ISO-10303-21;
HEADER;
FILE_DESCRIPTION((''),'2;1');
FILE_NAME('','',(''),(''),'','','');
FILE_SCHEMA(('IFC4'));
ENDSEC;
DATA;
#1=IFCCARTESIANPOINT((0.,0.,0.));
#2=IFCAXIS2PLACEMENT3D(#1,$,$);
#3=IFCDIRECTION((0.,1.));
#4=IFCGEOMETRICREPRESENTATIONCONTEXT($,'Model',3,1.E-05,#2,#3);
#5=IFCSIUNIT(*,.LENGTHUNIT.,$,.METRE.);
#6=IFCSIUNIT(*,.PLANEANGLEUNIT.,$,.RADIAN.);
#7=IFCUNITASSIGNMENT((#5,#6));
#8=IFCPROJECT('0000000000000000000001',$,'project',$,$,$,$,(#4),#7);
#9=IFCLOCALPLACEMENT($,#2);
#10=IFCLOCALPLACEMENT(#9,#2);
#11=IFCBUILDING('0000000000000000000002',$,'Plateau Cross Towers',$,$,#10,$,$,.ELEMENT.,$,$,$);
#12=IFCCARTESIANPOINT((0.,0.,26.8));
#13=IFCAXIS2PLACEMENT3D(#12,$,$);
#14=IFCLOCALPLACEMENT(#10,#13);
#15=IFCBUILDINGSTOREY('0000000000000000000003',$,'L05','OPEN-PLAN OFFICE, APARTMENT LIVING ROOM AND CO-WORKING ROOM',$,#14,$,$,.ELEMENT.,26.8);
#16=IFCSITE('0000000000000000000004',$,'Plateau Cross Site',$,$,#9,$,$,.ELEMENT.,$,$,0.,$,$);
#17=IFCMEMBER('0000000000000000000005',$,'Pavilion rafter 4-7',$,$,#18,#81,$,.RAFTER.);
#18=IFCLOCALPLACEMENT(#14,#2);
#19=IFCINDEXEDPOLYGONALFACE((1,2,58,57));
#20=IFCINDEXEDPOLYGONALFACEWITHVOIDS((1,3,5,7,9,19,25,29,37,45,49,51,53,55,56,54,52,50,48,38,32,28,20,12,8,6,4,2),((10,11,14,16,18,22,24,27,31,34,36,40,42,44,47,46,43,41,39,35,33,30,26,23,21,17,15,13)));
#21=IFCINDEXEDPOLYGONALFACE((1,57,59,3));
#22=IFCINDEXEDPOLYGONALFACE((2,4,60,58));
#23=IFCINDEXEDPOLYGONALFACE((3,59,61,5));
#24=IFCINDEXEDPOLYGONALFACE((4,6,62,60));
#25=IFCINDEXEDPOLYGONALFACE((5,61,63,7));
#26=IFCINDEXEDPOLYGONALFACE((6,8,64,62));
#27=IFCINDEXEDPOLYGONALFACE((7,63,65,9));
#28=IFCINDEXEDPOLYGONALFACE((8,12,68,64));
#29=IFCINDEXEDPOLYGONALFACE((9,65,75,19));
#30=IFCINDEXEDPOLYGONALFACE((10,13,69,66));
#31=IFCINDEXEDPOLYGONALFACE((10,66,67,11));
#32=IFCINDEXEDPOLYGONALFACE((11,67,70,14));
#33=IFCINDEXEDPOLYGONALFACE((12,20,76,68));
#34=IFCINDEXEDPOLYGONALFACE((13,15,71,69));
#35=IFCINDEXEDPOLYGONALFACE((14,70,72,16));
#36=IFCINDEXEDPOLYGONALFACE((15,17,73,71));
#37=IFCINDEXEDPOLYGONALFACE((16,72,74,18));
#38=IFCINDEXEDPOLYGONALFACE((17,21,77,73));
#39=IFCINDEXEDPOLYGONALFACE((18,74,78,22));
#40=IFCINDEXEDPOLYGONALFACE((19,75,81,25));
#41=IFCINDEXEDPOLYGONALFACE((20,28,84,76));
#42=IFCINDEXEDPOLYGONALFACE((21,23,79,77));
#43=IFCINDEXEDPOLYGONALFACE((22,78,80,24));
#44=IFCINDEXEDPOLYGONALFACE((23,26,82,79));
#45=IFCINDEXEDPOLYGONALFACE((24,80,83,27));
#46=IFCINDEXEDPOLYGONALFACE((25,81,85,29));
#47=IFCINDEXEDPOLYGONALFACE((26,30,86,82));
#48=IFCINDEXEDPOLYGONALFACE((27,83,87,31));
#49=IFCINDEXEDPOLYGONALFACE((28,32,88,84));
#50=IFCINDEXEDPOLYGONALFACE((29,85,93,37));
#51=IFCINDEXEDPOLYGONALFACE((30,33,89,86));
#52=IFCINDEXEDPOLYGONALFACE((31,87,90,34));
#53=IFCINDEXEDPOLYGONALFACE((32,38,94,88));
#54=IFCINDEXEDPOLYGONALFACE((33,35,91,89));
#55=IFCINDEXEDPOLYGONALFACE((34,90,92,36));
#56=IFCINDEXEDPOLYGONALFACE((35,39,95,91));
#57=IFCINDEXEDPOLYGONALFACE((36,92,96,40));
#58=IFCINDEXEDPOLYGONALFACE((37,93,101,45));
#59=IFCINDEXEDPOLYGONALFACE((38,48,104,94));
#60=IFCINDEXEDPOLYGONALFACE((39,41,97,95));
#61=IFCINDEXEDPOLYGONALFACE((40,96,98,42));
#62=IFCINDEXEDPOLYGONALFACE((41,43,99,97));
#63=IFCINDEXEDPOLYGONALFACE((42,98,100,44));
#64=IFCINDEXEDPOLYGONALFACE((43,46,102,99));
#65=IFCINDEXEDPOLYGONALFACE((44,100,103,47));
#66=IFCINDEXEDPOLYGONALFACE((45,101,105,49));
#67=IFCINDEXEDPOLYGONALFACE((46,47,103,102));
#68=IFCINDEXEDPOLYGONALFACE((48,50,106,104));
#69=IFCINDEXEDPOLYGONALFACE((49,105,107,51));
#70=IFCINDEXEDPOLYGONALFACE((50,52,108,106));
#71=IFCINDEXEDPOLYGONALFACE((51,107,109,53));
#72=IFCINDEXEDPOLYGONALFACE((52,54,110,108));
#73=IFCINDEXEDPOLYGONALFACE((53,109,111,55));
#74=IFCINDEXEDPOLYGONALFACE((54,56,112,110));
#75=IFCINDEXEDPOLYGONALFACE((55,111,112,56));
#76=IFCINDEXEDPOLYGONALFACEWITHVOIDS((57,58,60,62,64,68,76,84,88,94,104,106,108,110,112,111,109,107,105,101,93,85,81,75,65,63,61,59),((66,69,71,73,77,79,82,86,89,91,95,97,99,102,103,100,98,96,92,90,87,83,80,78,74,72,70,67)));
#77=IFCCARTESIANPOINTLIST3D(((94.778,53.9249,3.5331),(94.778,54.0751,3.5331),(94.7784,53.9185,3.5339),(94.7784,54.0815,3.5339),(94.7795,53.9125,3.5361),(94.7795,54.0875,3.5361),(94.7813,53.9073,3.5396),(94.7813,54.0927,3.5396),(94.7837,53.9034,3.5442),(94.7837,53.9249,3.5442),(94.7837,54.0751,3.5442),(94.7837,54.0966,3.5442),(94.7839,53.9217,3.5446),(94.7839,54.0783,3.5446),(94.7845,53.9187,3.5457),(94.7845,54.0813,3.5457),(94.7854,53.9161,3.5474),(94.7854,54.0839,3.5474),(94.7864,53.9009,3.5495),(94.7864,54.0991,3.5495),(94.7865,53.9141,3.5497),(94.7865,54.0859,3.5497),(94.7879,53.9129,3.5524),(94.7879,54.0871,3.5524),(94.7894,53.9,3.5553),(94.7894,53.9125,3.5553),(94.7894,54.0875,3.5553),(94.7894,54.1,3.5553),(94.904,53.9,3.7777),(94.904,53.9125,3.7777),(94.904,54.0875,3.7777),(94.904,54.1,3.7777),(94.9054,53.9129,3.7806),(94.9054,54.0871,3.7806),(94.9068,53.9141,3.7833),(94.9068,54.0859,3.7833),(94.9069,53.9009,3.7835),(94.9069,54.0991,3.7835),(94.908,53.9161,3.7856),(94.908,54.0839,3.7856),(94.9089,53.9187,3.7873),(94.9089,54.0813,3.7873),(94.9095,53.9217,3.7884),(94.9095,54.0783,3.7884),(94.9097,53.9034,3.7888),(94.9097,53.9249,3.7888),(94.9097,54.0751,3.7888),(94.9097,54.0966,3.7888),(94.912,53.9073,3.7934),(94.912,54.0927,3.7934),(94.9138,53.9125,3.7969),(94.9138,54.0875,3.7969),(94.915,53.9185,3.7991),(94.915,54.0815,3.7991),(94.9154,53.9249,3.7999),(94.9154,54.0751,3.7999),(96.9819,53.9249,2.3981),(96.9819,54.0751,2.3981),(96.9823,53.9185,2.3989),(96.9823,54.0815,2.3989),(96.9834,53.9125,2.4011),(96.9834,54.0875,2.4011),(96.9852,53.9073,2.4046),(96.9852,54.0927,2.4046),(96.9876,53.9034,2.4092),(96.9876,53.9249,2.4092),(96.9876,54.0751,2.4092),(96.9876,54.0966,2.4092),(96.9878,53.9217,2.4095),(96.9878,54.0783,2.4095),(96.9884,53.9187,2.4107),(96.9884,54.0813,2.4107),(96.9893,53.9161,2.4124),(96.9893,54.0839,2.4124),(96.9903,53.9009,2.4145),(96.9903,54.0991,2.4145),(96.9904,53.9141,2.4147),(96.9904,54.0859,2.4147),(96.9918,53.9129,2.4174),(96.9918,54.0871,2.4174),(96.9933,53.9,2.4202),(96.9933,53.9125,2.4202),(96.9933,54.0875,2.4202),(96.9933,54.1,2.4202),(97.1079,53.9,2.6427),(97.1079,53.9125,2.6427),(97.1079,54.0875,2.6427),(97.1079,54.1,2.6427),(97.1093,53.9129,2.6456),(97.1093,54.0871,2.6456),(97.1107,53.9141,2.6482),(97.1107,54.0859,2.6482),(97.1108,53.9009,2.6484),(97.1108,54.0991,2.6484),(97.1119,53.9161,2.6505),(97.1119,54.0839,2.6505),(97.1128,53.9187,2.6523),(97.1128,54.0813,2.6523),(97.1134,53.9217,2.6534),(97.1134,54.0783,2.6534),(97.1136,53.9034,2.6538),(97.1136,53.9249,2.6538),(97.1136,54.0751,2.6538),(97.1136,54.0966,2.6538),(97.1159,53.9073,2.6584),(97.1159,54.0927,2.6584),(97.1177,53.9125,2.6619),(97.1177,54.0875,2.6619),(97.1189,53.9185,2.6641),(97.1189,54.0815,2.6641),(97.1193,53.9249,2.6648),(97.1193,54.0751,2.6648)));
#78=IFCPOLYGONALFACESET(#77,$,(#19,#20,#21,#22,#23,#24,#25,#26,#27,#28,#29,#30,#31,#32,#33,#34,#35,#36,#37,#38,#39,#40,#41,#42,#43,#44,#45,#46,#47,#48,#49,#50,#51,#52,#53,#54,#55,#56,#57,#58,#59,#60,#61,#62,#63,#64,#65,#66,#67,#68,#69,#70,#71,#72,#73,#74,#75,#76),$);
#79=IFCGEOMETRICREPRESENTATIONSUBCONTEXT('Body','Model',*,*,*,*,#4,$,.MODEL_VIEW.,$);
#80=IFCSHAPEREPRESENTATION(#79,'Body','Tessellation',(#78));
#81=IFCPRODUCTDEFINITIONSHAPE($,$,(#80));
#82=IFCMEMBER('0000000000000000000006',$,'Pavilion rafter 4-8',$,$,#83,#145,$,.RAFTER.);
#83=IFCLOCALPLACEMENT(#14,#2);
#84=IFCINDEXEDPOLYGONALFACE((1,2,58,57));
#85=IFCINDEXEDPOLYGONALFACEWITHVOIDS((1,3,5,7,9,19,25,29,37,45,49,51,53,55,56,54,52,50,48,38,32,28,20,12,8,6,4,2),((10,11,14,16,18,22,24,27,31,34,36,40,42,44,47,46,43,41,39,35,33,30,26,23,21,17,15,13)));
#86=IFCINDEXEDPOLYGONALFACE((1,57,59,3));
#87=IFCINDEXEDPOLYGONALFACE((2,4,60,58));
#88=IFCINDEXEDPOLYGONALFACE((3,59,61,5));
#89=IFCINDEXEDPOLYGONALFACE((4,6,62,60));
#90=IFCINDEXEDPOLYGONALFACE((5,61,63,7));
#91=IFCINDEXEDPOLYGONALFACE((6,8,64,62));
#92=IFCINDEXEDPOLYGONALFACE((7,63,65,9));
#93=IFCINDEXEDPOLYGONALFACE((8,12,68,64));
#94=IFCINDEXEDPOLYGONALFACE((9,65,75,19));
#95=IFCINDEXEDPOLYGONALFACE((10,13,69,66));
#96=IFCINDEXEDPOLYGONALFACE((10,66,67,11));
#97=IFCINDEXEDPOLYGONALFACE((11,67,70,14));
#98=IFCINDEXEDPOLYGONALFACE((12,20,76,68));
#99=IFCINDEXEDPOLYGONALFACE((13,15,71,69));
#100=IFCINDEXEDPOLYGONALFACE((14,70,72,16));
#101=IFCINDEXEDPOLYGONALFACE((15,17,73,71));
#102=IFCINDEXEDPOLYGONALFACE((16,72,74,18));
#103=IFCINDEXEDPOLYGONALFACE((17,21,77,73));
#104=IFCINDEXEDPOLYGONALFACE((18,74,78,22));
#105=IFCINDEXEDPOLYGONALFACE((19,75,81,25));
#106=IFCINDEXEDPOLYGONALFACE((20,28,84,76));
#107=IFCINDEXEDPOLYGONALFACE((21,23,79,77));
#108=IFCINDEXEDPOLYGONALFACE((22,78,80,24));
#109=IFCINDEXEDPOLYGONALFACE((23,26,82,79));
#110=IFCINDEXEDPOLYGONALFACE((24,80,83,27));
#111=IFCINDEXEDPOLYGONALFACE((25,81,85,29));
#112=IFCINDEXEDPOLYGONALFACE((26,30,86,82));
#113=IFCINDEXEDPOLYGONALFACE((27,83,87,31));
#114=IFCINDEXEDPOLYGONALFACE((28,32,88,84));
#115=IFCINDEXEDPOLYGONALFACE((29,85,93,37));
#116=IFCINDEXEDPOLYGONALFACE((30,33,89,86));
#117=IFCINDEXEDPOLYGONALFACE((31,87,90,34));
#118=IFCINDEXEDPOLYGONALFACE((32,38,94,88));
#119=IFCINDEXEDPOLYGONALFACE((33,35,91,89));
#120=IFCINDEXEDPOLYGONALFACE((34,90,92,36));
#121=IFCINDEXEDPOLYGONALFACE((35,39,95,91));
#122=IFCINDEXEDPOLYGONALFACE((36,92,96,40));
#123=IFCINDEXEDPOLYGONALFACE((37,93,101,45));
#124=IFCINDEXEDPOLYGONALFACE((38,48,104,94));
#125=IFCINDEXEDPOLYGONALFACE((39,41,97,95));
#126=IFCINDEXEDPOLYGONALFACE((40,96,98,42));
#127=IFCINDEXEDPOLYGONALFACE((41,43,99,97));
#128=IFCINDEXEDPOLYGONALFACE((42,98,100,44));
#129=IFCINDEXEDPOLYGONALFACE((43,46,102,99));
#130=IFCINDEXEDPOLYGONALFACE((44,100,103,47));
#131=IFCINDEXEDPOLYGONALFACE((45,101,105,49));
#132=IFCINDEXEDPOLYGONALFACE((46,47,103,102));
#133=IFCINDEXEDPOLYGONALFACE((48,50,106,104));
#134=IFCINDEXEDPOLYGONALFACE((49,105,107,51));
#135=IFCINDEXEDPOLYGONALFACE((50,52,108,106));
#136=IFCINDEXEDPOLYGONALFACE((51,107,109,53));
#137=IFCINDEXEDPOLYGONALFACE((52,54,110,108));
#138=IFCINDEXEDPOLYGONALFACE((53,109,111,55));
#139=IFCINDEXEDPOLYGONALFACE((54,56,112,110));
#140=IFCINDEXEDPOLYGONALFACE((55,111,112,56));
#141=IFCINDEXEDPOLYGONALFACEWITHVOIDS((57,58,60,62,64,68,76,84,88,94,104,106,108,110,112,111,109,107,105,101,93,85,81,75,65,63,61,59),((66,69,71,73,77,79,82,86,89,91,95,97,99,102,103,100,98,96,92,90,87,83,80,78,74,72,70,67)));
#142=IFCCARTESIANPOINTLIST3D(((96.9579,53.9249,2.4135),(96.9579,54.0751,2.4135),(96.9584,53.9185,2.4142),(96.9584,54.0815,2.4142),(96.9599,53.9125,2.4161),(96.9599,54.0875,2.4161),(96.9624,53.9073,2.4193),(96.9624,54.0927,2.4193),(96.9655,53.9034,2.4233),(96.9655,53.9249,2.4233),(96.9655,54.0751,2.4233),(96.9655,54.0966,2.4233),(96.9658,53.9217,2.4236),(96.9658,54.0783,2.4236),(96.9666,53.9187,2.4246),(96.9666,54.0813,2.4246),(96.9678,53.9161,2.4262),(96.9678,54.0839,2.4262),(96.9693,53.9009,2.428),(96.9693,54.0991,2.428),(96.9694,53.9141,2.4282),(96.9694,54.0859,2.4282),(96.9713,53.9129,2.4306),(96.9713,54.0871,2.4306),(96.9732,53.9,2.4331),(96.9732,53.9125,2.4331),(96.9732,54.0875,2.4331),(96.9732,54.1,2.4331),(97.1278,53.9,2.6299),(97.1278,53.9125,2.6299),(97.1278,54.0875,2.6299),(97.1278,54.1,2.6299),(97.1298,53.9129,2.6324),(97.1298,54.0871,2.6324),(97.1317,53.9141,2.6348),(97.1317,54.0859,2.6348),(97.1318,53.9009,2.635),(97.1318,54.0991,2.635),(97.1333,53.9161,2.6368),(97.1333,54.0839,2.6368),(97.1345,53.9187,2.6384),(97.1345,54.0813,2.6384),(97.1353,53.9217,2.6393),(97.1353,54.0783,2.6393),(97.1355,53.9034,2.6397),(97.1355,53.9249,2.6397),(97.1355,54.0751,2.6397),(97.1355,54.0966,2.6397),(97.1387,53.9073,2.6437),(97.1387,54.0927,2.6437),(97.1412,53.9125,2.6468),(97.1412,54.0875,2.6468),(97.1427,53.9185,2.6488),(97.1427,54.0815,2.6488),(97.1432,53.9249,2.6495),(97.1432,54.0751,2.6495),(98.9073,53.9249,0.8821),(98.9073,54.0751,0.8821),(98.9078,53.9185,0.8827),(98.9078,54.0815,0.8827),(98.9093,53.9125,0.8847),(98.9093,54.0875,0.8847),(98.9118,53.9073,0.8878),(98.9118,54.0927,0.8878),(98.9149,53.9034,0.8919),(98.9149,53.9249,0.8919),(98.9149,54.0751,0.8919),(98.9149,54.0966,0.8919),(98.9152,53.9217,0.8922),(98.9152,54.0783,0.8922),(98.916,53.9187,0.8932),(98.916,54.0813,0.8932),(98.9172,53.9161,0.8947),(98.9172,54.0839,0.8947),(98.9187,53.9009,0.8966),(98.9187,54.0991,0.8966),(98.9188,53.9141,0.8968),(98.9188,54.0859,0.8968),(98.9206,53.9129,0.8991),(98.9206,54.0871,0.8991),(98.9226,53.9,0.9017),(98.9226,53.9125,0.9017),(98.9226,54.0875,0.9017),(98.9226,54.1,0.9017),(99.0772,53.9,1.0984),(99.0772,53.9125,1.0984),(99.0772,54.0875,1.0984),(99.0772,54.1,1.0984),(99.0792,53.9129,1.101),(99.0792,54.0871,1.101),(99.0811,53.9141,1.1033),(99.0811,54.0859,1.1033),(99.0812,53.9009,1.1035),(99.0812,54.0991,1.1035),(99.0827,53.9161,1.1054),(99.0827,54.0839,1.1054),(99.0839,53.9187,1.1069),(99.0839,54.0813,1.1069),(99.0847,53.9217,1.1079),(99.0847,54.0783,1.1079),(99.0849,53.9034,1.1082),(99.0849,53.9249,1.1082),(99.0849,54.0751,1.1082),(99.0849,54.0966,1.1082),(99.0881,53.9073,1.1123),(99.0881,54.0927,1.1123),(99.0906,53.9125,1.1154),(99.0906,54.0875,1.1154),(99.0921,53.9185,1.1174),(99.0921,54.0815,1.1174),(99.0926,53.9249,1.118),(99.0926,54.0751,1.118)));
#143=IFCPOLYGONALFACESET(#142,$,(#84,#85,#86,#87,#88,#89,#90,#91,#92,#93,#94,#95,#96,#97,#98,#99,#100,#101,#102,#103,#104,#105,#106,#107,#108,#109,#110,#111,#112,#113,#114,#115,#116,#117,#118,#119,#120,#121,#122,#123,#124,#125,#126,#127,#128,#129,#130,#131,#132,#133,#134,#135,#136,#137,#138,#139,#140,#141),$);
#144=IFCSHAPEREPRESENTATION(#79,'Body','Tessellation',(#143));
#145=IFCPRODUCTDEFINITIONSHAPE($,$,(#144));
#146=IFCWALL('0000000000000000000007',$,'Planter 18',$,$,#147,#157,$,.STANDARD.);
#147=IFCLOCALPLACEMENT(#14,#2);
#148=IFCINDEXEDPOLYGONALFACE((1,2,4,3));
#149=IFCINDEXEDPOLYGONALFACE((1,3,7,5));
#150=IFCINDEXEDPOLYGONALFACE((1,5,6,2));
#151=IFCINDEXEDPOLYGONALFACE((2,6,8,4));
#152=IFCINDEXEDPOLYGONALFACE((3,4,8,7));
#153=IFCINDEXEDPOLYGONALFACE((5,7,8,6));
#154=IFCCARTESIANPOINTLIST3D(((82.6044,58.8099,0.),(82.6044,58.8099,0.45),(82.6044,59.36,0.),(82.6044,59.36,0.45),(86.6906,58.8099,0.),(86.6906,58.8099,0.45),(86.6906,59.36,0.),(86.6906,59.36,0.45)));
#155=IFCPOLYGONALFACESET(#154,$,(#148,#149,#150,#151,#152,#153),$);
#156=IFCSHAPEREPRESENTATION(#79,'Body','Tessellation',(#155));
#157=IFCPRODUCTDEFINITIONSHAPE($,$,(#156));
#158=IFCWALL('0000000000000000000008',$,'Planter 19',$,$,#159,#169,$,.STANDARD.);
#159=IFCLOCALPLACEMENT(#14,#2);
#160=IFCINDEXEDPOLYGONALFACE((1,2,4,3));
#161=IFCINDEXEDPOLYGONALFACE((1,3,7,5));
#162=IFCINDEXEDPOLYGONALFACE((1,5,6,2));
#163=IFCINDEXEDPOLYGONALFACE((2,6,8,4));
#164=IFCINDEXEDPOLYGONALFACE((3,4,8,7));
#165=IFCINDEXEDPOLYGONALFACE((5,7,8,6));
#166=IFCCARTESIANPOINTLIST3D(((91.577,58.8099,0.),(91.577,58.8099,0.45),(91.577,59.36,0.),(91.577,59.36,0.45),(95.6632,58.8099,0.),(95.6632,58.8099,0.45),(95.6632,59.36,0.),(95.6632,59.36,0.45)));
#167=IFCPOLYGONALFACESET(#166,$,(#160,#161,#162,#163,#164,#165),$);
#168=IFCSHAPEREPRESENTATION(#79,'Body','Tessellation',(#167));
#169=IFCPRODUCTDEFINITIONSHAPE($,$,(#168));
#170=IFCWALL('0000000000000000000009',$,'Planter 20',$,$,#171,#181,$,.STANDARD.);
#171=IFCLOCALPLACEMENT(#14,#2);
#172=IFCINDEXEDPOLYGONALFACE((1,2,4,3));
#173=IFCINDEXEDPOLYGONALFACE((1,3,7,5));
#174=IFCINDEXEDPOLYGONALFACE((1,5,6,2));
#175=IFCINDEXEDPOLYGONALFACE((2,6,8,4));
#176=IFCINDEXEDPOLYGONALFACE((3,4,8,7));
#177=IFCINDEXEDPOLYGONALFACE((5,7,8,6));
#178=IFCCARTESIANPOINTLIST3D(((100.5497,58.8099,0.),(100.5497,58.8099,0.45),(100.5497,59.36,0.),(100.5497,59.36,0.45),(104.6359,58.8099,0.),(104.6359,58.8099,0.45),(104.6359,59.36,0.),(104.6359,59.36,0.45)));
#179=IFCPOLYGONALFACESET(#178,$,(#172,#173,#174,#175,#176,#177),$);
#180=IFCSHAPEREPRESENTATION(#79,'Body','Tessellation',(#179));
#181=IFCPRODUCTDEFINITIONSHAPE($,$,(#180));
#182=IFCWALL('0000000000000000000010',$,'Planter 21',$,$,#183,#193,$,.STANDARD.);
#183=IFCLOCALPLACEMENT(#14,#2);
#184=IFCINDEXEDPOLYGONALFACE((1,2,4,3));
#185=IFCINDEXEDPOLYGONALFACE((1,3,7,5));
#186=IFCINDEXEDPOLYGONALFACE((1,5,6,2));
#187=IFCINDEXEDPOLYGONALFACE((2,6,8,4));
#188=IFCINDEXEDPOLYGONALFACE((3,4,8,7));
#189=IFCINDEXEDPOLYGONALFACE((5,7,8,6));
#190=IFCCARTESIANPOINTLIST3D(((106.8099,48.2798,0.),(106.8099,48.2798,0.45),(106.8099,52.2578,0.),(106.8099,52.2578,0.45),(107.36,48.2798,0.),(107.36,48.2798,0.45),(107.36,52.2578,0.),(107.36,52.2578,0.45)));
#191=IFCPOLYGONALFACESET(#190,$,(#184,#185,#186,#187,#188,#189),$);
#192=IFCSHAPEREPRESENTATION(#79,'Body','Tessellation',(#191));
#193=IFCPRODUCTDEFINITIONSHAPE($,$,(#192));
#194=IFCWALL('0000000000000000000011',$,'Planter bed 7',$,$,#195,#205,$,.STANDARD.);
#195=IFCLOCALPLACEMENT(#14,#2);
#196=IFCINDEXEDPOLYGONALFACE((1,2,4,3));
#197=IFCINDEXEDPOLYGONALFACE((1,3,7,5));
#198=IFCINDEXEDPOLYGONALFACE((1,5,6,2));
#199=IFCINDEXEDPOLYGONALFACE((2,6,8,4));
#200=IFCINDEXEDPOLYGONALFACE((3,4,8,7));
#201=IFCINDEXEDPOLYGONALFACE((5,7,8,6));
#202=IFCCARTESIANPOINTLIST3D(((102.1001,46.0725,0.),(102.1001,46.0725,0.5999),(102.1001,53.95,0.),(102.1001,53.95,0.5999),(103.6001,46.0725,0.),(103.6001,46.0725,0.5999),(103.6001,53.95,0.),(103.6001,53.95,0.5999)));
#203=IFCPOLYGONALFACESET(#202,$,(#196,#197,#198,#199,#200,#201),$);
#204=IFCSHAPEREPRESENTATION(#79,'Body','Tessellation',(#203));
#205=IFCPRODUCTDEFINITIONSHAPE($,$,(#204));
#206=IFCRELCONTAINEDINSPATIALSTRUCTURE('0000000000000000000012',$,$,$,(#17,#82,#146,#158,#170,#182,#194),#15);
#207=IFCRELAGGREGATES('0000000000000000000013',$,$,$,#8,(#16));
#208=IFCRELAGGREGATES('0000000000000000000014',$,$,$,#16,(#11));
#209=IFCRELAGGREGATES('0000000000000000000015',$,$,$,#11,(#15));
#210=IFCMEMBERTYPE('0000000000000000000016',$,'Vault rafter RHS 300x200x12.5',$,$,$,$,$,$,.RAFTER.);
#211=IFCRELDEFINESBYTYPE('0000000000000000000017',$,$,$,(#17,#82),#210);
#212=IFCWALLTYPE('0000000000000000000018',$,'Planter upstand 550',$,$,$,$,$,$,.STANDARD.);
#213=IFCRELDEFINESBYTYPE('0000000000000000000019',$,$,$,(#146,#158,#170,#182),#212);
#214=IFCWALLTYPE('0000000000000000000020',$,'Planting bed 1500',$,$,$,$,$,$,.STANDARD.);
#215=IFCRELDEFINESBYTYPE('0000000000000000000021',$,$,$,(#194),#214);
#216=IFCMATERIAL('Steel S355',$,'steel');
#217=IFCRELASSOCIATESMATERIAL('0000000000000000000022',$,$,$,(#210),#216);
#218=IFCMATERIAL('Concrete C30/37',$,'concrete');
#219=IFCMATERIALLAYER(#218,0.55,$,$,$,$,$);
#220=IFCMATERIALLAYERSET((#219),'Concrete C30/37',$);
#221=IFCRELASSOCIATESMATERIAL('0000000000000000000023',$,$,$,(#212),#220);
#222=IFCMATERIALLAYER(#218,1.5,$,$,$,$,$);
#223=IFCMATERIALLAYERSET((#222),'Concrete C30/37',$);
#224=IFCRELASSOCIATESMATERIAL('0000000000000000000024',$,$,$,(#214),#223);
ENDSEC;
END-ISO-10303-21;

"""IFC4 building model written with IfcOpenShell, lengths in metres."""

from ifc_helpers import new_model, si_unit, direction, frame, frame_2d, origin, origin_2d, place, context, subcontext, project, spatial, rectangle, hollow_rectangle, extrude, material, layer, layer_set, material_profile, profile_set, type_object, element, save


model = new_model("IFC4")

# Units and contexts
model_context = context("Model", 3, precision=1e-05, world=origin(), true_north=direction((0.0, 1.0)))
body_context = subcontext(model_context, "Body", "Model", "MODEL_VIEW")
ifc_project = project(units=[si_unit("LENGTHUNIT", "METRE"), si_unit("PLANEANGLEUNIT", "RADIAN")], contexts=[model_context])

# Site, building, storey
site_placement = place(None, origin())
site = spatial("IfcSite", under=ifc_project, at=site_placement, Name="Plateau Cross Site", CompositionType="ELEMENT", RefElevation=0.0)
building_placement = place(site_placement, origin())
building = spatial("IfcBuilding", under=site, at=building_placement, Name="Plateau Cross Towers", CompositionType="ELEMENT")
storey_placement = place(building_placement, frame((0.0, 0.0, 26.8)))
storey = spatial("IfcBuildingStorey", under=building, at=storey_placement, Name="L05", Description="OPEN-PLAN OFFICE, APARTMENT LIVING ROOM AND CO-WORKING ROOM", CompositionType="ELEMENT", Elevation=26.8)

# Shared definitions
ifc_material_1 = material(Name="Steel S355", Category="steel")

# Members
ifc_material_profile_1 = material_profile(ifc_material_1, hollow_rectangle(XDim=0.2, YDim=0.3, WallThickness=0.0125, InnerFilletRadius=0.0125, OuterFilletRadius=0.0249, at=origin_2d()), Name="RHS 300x200x12.5")
ifc_profile_set_1 = profile_set([ifc_material_profile_1], Name="Steel S355")
member_type = type_object("IfcMemberType", Name="Vault rafter RHS 300x200x12.5", PredefinedType="RAFTER", material=ifc_profile_set_1)
for number, where, z_axis, x_axis, name in (
    (1, (94.8467, 54.0, 3.6665), (0.889026, 0.0, -0.457858), (0.0, 1.0, 0.0), "Pavilion rafter 4-7"),
    (2, (97.0505, 54.0, 2.5315), (0.786363, 0.0, -0.617765), (0.0, 1.0, 0.0), "Pavilion rafter 4-8"),
):
    element("IfcMember", number, at=place(storey_placement, frame(where, z_axis=z_axis, x_axis=x_axis)), inside=storey, type_object=member_type, Name=name, PredefinedType="RAFTER", context=body_context, shape_type="SweptSolid", body=[
        extrude(hollow_rectangle(XDim=0.2, YDim=0.3, WallThickness=0.0125, InnerFilletRadius=0.0125, OuterFilletRadius=0.0249, at=origin_2d()), origin(), (0.0, 0.0, 1.0), 2.479),
    ])

# Walls
ifc_material_2 = material(Name="Concrete C30/37", Category="concrete")
ifc_layer_1 = layer(ifc_material_2, 0.55)
ifc_layer_set_1 = layer_set([ifc_layer_1], Name="Concrete C30/37")
wall_type_1 = type_object("IfcWallType", Name="Planter upstand 550", PredefinedType="STANDARD", material=ifc_layer_set_1)
for number, where, z_axis, x_axis, name in (
    (3, (82.6045, 59.085, 0.0), (0.0, 0.0, 1.0), (1.0, 0.0, 0.0), "Planter 18"),
    (4, (91.5771, 59.085, 0.0), (0.0, 0.0, 1.0), (1.0, 0.0, 0.0), "Planter 19"),
    (5, (100.5498, 59.085, 0.0), (0.0, 0.0, 1.0), (1.0, 0.0, 0.0), "Planter 20"),
):
    element("IfcWall", number, at=place(storey_placement, frame(where, z_axis=z_axis, x_axis=x_axis)), inside=storey, type_object=wall_type_1, Name=name, PredefinedType="STANDARD", context=body_context, shape_type="SweptSolid", body=[
        extrude(rectangle(XDim=4.0862, YDim=0.55, at=frame_2d((2.043, 0.0))), origin(), (0.0, 0.0, 1.0), 0.45),
    ])
wall_1_placement = place(storey_placement, frame((107.085, 52.2578, 0.0), z_axis=(0.0, 0.0, 1.0), x_axis=(0.0, -1.0, 0.0)))
element("IfcWall", 6, at=wall_1_placement, inside=storey, type_object=wall_type_1, Name="Planter 21", PredefinedType="STANDARD", context=body_context, shape_type="SweptSolid", body=[
    extrude(rectangle(XDim=3.978, YDim=0.55, at=frame_2d((1.989, 0.0))), origin(), (0.0, 0.0, 1.0), 0.45),
])
ifc_layer_2 = layer(ifc_material_2, 1.5)
ifc_layer_set_2 = layer_set([ifc_layer_2], Name="Concrete C30/37")
wall_type_2 = type_object("IfcWallType", Name="Planting bed 1500", PredefinedType="STANDARD", material=ifc_layer_set_2)
wall_2_placement = place(storey_placement, frame((102.8501, 53.95, 0.0), z_axis=(0.0, 0.0, 1.0), x_axis=(0.0, -1.0, 0.0)))
element("IfcWall", 7, at=wall_2_placement, inside=storey, type_object=wall_type_2, Name="Planter bed 7", PredefinedType="STANDARD", context=body_context, shape_type="SweptSolid", body=[
    extrude(rectangle(XDim=7.8774, YDim=1.5, at=frame_2d((3.9387, 0.0))), origin(), (0.0, 0.0, 1.0), 0.5999),
])

save(model, "model.ifc")
